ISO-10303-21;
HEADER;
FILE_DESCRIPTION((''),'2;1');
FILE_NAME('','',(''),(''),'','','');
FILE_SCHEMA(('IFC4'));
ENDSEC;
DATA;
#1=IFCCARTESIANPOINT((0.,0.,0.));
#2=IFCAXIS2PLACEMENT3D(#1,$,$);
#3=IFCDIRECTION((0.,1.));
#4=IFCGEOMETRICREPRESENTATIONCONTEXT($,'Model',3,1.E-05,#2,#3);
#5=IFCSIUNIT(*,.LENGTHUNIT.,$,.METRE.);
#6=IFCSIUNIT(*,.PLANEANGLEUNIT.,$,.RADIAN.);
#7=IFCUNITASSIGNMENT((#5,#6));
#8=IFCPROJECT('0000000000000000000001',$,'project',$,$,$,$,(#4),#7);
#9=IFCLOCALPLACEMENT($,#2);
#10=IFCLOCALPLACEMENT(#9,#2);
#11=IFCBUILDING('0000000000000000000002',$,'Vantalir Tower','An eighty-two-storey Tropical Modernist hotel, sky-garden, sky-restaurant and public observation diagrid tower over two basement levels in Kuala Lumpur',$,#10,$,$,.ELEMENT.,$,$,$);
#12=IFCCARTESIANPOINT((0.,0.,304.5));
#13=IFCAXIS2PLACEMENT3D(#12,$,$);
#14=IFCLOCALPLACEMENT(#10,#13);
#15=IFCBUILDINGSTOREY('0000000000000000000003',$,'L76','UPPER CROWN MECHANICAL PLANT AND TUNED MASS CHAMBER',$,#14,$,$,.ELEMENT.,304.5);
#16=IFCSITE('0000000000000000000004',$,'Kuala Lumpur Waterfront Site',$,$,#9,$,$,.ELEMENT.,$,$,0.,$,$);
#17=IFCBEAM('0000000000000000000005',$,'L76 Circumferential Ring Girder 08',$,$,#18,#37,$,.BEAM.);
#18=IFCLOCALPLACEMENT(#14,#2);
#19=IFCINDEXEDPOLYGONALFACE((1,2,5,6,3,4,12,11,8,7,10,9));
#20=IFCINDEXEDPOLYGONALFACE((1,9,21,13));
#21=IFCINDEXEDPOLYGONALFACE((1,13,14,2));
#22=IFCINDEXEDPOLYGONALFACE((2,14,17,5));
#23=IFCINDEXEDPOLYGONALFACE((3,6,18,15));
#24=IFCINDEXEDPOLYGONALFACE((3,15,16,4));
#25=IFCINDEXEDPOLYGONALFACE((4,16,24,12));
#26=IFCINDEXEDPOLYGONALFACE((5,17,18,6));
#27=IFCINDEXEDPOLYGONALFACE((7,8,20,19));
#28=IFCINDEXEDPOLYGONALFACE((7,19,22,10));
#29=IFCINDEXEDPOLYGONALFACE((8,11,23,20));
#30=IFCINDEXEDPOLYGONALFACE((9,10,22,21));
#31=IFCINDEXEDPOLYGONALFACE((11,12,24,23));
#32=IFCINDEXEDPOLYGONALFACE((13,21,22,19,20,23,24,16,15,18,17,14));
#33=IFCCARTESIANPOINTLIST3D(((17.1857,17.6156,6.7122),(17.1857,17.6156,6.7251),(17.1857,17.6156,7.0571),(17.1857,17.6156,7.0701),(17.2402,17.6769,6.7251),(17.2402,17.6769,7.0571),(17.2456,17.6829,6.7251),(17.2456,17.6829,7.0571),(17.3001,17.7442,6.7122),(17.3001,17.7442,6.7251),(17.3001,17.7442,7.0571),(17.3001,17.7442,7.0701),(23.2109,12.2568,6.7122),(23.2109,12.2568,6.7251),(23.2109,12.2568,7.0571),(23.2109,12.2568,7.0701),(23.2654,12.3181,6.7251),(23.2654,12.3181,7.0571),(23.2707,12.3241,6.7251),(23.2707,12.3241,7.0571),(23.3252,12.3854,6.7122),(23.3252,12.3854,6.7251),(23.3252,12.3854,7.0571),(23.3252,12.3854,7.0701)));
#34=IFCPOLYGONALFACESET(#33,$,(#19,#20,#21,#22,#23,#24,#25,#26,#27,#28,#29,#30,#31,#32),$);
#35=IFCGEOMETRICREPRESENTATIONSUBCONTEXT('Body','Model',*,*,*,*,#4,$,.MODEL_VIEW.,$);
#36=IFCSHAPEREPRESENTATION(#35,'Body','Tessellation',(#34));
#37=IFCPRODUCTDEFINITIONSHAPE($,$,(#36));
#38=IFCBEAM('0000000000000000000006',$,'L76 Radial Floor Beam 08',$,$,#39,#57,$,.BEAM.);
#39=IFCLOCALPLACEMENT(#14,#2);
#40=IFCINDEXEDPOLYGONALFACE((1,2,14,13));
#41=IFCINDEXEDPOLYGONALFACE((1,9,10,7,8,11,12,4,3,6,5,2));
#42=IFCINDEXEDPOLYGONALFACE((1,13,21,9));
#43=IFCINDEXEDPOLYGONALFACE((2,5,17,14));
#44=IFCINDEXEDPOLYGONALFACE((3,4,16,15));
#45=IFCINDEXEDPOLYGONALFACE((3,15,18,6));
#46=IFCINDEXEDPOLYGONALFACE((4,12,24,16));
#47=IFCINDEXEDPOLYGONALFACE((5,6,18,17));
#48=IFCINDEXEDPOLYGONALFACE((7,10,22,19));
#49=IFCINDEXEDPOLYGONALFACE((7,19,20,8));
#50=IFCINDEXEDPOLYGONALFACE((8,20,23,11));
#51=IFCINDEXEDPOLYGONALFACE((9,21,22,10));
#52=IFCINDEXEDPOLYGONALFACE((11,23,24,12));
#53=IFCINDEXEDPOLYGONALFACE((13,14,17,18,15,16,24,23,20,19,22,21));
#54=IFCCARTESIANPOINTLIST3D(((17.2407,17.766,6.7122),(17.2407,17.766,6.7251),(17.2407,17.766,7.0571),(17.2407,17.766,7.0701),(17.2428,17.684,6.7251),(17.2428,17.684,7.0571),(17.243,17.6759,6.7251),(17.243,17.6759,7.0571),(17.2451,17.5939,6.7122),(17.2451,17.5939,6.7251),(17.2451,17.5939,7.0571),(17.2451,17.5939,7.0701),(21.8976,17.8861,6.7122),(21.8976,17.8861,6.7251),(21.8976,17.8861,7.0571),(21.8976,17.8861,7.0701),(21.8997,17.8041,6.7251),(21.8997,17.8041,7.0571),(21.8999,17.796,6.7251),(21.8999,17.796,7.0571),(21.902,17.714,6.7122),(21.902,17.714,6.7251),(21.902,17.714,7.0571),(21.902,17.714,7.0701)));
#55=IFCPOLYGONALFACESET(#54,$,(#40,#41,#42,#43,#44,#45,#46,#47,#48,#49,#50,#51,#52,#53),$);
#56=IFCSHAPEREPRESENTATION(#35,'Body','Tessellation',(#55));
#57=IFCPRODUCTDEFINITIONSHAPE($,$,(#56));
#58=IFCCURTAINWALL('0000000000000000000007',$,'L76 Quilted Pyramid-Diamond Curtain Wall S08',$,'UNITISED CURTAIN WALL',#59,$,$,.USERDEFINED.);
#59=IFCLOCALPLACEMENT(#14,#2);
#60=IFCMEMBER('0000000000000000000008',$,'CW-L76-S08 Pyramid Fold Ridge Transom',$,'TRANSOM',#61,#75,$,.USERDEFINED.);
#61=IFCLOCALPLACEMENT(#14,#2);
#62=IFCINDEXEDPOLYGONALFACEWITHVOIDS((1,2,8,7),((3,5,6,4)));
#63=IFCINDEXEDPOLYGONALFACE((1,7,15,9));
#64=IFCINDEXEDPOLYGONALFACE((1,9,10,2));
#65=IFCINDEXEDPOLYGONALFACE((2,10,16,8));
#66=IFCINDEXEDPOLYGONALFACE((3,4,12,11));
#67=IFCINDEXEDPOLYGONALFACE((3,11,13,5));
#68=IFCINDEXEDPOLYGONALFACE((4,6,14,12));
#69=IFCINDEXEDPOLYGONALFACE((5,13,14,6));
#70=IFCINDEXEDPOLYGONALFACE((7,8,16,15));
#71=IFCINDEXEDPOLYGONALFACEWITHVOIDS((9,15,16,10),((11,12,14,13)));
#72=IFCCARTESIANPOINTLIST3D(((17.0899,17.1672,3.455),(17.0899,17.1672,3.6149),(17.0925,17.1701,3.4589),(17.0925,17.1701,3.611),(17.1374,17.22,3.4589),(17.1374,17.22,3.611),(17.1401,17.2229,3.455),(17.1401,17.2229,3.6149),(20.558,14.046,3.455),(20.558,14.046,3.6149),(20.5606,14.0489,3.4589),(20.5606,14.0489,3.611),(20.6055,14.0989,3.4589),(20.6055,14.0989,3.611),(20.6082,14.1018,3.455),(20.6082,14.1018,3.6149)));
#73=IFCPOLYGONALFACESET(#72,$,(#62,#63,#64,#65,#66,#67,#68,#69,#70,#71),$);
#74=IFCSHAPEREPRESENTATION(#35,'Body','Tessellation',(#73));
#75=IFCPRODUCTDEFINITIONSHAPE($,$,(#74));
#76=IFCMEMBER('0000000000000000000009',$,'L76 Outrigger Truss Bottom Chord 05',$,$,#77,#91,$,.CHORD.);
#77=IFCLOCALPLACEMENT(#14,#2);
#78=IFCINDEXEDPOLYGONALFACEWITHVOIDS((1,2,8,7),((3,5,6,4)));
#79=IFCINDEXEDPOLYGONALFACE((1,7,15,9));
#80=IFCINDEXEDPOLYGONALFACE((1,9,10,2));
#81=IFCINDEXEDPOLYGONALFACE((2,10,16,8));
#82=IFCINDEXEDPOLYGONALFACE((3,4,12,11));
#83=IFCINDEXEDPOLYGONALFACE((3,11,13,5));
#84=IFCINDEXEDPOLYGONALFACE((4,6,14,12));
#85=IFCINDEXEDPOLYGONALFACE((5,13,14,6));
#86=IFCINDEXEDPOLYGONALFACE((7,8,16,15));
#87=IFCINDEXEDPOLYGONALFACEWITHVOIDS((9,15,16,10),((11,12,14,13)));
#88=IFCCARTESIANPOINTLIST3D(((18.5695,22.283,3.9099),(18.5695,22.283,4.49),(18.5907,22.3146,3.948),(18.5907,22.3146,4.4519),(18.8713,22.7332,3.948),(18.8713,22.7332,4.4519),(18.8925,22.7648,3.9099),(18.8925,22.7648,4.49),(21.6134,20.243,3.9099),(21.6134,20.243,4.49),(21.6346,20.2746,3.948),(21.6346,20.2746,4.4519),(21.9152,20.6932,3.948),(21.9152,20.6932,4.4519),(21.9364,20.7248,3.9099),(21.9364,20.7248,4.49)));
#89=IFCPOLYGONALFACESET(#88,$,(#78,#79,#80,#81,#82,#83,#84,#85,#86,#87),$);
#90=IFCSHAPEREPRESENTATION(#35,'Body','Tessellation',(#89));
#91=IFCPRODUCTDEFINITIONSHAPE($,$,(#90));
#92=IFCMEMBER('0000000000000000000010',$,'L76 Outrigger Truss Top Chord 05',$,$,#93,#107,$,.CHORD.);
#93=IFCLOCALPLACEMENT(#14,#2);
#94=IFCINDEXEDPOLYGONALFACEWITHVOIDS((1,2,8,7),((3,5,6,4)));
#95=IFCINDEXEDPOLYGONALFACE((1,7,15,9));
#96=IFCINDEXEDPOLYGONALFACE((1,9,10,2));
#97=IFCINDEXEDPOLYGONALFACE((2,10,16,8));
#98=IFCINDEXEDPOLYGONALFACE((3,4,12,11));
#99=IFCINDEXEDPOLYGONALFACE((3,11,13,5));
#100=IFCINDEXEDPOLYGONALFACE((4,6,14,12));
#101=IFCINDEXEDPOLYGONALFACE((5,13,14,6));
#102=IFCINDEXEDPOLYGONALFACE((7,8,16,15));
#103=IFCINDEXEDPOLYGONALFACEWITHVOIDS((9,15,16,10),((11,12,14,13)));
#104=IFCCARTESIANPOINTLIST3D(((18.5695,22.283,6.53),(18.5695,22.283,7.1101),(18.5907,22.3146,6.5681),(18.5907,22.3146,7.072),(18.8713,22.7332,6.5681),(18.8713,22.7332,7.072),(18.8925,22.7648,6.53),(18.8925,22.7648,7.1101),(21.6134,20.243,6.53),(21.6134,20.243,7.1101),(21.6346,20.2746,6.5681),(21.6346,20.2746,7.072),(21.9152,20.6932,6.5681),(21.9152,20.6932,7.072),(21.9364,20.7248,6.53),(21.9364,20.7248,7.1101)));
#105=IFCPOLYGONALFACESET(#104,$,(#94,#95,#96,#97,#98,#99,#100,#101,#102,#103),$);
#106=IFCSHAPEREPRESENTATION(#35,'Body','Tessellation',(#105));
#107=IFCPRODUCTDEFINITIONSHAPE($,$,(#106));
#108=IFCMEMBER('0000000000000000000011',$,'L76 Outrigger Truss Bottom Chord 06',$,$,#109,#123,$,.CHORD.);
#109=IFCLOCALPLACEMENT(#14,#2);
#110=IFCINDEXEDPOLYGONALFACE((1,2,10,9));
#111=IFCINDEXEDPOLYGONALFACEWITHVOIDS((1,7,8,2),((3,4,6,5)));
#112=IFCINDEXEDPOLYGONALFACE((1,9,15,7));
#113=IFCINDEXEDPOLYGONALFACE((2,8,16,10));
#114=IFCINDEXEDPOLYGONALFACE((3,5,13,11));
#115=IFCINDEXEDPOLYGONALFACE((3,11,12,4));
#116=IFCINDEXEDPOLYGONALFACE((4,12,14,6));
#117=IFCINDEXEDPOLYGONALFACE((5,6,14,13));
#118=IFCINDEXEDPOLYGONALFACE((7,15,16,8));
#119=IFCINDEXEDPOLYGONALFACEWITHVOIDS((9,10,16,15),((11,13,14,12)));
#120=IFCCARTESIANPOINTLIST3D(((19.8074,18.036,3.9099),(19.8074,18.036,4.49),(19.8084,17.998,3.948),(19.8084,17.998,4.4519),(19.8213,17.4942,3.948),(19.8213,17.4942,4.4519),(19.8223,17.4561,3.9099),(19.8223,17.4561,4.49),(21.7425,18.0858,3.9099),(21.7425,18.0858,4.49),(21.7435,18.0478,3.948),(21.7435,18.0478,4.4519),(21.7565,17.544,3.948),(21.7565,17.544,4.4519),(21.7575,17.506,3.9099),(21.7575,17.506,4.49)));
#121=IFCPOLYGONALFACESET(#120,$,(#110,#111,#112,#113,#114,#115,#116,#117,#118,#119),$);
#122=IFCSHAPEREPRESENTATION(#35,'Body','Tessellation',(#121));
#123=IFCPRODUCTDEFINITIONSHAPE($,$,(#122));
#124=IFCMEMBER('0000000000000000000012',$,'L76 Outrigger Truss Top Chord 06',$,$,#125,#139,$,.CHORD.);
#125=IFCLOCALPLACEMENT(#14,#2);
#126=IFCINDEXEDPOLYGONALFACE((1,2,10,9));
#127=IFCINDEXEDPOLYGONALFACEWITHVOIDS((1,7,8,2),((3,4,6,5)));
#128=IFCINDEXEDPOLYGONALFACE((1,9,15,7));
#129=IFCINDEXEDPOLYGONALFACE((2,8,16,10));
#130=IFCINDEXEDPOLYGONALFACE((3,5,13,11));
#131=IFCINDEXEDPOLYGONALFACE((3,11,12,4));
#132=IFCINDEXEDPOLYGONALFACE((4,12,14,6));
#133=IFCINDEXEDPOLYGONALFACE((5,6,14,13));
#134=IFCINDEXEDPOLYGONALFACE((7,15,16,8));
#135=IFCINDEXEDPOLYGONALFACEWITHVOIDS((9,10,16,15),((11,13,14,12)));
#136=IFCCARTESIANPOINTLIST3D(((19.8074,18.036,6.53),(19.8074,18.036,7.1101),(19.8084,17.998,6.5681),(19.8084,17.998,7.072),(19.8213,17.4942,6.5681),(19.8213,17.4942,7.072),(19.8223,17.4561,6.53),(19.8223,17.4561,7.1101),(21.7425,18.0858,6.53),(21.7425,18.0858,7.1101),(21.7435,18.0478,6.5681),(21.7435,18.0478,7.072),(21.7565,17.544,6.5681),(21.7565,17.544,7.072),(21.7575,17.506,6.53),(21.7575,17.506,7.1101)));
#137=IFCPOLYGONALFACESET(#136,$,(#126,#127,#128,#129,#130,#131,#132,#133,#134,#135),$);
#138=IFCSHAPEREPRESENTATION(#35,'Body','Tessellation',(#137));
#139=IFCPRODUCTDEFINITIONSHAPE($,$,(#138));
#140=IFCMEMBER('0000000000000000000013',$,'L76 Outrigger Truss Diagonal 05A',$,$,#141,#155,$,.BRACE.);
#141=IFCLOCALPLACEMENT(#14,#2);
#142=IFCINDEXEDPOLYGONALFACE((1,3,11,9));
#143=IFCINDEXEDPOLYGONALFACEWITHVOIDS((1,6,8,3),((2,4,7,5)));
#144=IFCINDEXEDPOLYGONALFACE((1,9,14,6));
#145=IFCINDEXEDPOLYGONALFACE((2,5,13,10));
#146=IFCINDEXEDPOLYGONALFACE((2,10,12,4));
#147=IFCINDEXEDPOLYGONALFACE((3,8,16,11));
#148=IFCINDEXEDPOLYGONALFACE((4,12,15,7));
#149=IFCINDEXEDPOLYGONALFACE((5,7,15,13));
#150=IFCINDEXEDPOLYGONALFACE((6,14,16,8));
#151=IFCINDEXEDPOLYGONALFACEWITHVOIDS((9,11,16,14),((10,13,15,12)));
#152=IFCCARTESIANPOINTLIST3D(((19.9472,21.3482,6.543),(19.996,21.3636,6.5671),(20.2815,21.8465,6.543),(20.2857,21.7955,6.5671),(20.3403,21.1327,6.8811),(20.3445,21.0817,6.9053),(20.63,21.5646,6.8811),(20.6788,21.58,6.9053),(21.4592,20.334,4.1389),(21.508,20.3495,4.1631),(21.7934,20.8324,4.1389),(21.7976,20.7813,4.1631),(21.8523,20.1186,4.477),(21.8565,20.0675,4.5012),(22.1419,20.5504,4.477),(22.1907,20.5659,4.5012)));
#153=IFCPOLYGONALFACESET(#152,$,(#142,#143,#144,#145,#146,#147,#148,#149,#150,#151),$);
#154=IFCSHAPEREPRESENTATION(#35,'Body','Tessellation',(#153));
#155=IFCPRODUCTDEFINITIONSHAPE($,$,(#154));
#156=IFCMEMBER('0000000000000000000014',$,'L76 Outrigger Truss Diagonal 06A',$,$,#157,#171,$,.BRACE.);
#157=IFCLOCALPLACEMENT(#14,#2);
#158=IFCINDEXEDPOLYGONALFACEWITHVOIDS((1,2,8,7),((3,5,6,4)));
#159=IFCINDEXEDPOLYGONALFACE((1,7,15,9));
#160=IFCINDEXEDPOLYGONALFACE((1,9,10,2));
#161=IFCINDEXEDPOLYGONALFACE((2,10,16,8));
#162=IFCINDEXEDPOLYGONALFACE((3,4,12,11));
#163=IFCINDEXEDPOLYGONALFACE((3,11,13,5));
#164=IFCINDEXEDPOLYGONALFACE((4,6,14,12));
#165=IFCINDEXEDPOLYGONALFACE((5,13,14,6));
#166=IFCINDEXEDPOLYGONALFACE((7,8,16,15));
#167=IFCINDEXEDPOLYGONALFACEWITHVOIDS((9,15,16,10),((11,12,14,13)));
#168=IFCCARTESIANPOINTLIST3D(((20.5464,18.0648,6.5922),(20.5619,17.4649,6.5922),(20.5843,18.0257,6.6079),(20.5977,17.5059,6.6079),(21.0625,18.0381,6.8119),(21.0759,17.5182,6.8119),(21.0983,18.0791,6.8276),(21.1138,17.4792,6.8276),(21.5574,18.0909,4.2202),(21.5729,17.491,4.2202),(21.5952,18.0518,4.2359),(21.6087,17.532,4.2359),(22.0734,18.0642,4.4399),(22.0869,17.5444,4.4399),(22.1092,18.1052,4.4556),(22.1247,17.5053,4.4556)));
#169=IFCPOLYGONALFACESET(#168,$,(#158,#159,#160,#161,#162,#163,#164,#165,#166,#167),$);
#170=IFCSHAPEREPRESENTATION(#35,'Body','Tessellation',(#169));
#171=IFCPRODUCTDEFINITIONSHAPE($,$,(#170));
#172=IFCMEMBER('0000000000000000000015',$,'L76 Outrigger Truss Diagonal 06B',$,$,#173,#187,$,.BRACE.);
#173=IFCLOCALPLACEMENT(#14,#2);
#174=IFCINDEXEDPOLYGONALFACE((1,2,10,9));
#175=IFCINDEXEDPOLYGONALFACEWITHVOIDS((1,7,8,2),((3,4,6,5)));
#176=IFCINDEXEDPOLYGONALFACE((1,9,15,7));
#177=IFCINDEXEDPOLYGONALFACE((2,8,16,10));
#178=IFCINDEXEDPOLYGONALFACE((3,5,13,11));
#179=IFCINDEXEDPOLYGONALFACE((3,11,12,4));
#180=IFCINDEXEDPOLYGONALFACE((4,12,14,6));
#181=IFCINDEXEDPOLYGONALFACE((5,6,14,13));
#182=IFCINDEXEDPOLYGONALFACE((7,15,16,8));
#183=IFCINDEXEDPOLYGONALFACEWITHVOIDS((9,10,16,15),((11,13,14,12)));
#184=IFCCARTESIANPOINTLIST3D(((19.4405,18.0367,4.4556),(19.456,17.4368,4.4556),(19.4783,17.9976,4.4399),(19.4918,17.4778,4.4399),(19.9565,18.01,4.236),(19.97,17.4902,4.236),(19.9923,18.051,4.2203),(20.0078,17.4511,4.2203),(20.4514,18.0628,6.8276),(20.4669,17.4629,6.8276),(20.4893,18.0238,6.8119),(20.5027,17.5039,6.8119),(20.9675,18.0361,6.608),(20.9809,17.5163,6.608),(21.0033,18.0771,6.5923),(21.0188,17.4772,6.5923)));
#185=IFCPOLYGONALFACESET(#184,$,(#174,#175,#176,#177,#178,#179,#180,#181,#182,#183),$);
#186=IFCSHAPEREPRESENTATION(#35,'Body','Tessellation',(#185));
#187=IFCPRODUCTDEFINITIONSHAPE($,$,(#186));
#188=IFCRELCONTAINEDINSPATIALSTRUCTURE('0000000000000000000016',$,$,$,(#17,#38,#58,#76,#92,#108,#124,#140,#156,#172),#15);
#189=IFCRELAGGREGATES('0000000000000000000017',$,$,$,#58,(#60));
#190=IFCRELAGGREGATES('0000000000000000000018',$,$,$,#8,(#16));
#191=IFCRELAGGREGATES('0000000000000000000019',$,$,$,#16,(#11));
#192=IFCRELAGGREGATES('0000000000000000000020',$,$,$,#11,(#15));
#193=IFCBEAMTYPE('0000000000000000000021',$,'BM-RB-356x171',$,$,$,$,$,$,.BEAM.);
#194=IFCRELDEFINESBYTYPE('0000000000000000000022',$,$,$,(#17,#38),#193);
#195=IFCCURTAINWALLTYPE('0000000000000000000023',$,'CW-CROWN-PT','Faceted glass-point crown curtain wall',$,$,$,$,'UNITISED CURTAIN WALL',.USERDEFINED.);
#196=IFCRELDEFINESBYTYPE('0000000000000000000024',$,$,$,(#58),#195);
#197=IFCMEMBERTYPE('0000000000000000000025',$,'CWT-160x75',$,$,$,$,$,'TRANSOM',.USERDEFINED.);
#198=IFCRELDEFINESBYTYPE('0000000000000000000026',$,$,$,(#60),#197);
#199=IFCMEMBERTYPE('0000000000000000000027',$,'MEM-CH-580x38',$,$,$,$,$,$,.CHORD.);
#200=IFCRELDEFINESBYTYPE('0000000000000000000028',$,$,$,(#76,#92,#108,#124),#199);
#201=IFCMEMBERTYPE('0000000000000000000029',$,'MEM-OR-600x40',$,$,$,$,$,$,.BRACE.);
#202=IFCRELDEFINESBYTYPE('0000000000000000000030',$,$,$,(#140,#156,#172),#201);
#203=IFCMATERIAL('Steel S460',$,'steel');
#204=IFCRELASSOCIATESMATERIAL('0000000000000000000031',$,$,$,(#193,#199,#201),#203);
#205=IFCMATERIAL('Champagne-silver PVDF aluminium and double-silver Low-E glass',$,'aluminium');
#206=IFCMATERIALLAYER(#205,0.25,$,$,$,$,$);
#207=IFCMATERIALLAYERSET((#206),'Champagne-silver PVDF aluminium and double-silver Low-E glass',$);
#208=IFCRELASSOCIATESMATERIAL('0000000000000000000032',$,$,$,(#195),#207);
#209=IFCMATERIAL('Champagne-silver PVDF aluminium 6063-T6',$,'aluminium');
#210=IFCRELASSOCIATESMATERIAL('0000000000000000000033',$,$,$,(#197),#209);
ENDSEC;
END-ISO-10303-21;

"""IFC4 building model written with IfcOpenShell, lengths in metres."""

from ifc_helpers import new_model, si_unit, direction, frame, origin, origin_2d, place, context, subcontext, project, spatial, hollow_rectangle, i_section, extrude, material, layer, layer_set, material_profile, profile_set, type_object, element, aggregate, save


model = new_model("IFC4")

# Units and contexts
model_context = context("Model", 3, precision=1e-05, world=origin(), true_north=direction((0.0, 1.0)))
body_context = subcontext(model_context, "Body", "Model", "MODEL_VIEW")
ifc_project = project(units=[si_unit("LENGTHUNIT", "METRE"), si_unit("PLANEANGLEUNIT", "RADIAN")], contexts=[model_context])

# Site, building, storey
site_placement = place(None, origin())
site = spatial("IfcSite", under=ifc_project, at=site_placement, Name="Kuala Lumpur Waterfront Site", CompositionType="ELEMENT", RefElevation=0.0)
building_placement = place(site_placement, origin())
building = spatial("IfcBuilding", under=site, at=building_placement, Name="Vantalir Tower", Description="An eighty-two-storey Tropical Modernist hotel, sky-garden, sky-restaurant and public observation diagrid tower over two basement levels in Kuala Lumpur", CompositionType="ELEMENT")
storey_placement = place(building_placement, frame((0.0, 0.0, 304.5)))
storey = spatial("IfcBuildingStorey", under=building, at=storey_placement, Name="L76", Description="UPPER CROWN MECHANICAL PLANT AND TUNED MASS CHAMBER", CompositionType="ELEMENT", Elevation=304.5)

# Beams
ifc_material_1 = material(Name="Steel S460", Category="steel")
ifc_material_profile_1 = material_profile(ifc_material_1, i_section(OverallWidth=0.1721, OverallDepth=0.3579, WebThickness=0.0081, FlangeThickness=0.0129, at=origin_2d()), Name="Steel S460")
ifc_profile_set_1 = profile_set([ifc_material_profile_1], Name="Steel S460")
beam_type = type_object("IfcBeamType", Name="BM-RB-356x171", PredefinedType="BEAM", material=ifc_profile_set_1)
beam_1_placement = place(storey_placement, frame((17.2429, 17.6799, 6.8911), z_axis=(0.747212, -0.664586, 0.0), x_axis=(0.664586, 0.747212, 0.0)))
element("IfcBeam", 1, at=beam_1_placement, inside=storey, type_object=beam_type, Name="L76 Circumferential Ring Girder 08", PredefinedType="BEAM", context=body_context, shape_type="SweptSolid", body=[
    extrude(i_section(OverallWidth=0.1721, OverallDepth=0.3579, WebThickness=0.0081, FlangeThickness=0.0129, at=origin_2d()), origin(), (0.0, 0.0, 1.0), 8.0635),
])
beam_2_placement = place(storey_placement, frame((17.2429, 17.6799, 6.8911), z_axis=(0.999668, 0.025784, 0.0), x_axis=(-0.025784, 0.999668, 0.0)))
element("IfcBeam", 2, at=beam_2_placement, inside=storey, type_object=beam_type, Name="L76 Radial Floor Beam 08", PredefinedType="BEAM", context=body_context, shape_type="SweptSolid", body=[
    extrude(i_section(OverallWidth=0.1721, OverallDepth=0.3579, WebThickness=0.0081, FlangeThickness=0.0129, at=origin_2d()), origin(), (0.0, 0.0, 1.0), 4.6584),
])

# Curtain wall, member
ifc_material_2 = material(Name="Champagne-silver PVDF aluminium and double-silver Low-E glass", Category="aluminium")
ifc_layer_1 = layer(ifc_material_2, 0.25)
ifc_layer_set_1 = layer_set([ifc_layer_1], Name="Champagne-silver PVDF aluminium and double-silver Low-E glass")
curtain_wall_type = type_object("IfcCurtainWallType", Name="CW-CROWN-PT", Description="Faceted glass-point crown curtain wall", ElementType="UNITISED CURTAIN WALL", PredefinedType="USERDEFINED", material=ifc_layer_set_1)
curtain_wall_placement = place(storey_placement, origin())
curtain_wall = element("IfcCurtainWall", 3, at=curtain_wall_placement, inside=storey, type_object=curtain_wall_type, Name="L76 Quilted Pyramid-Diamond Curtain Wall S08", ObjectType="UNITISED CURTAIN WALL", PredefinedType="USERDEFINED")
ifc_material_3 = material(Name="Champagne-silver PVDF aluminium 6063-T6", Category="aluminium")
ifc_material_profile_2 = material_profile(ifc_material_3, hollow_rectangle(XDim=0.075, YDim=0.1599, WallThickness=0.0039, at=origin_2d()), Name="Champagne-silver PVDF aluminium 6063-T6")
ifc_profile_set_2 = profile_set([ifc_material_profile_2], Name="Champagne-silver PVDF aluminium 6063-T6")
member_type_1 = type_object("IfcMemberType", Name="CWT-160x75", ElementType="TRANSOM", PredefinedType="USERDEFINED", material=ifc_profile_set_2)
member_1_placement = place(storey_placement, frame((17.115, 17.1951, 3.5349), z_axis=(0.743307, -0.66895, 0.0), x_axis=(0.66895, 0.743307, 0.0)))
member_1 = element("IfcMember", 4, at=member_1_placement, type_object=member_type_1, Name="CW-L76-S08 Pyramid Fold Ridge Transom", ObjectType="TRANSOM", PredefinedType="USERDEFINED", context=body_context, shape_type="SweptSolid", body=[
    extrude(hollow_rectangle(XDim=0.075, YDim=0.1599, WallThickness=0.0039, at=origin_2d()), origin(), (0.0, 0.0, 1.0), 4.6658),
])
aggregate(curtain_wall, [member_1])

# Members
ifc_material_profile_3 = material_profile(ifc_material_1, hollow_rectangle(XDim=0.5801, YDim=0.5801, WallThickness=0.0381, at=origin_2d()), Name="Steel S460")
ifc_profile_set_3 = profile_set([ifc_material_profile_3], Name="Steel S460")
member_type_2 = type_object("IfcMemberType", Name="MEM-CH-580x38", PredefinedType="CHORD", material=ifc_profile_set_3)
for number, where, z_axis, x_axis, name in (
    (5, (21.7749, 20.4839, 4.2), (-0.830695, 0.556728, 0.0), (-0.556728, -0.830695, 0.0), "L76 Outrigger Truss Bottom Chord 05"),
    (6, (21.7749, 20.4839, 6.8201), (-0.830695, 0.556728, 0.0), (-0.556728, -0.830695, 0.0), "L76 Outrigger Truss Top Chord 05"),
):
    element("IfcMember", number, at=place(storey_placement, frame(where, z_axis=z_axis, x_axis=x_axis)), inside=storey, type_object=member_type_2, Name=name, PredefinedType="CHORD", context=body_context, shape_type="SweptSolid", body=[
        extrude(hollow_rectangle(XDim=0.5801, YDim=0.5801, WallThickness=0.0381, at=origin_2d()), origin(), (0.0, 0.0, 1.0), 3.6643),
    ])
for number, where, z_axis, x_axis, name in (
    (7, (21.75, 17.7959, 4.2), (-0.999669, -0.02573, 0.0), (0.02573, -0.999669, 0.0), "L76 Outrigger Truss Bottom Chord 06"),
    (8, (21.75, 17.7959, 6.8201), (-0.999669, -0.02573, 0.0), (0.02573, -0.999669, 0.0), "L76 Outrigger Truss Top Chord 06"),
):
    element("IfcMember", number, at=place(storey_placement, frame(where, z_axis=z_axis, x_axis=x_axis)), inside=storey, type_object=member_type_2, Name=name, PredefinedType="CHORD", context=body_context, shape_type="SweptSolid", body=[
        extrude(hollow_rectangle(XDim=0.5801, YDim=0.5801, WallThickness=0.0381, at=origin_2d()), origin(), (0.0, 0.0, 1.0), 1.9358),
    ])
ifc_material_profile_4 = material_profile(ifc_material_1, hollow_rectangle(XDim=0.6001, YDim=0.6001, WallThickness=0.04, at=origin_2d()), Name="Steel S460")
ifc_profile_set_4 = profile_set([ifc_material_profile_4], Name="Steel S460")
member_type_3 = type_object("IfcMemberType", Name="MEM-OR-600x40", PredefinedType="BRACE", material=ifc_profile_set_4)
member_2_placement = place(storey_placement, frame((21.825, 20.45, 4.3201), z_axis=(-0.501376, 0.336301, 0.797198), x_axis=(-0.55705, -0.830479, 0.0)))
element("IfcMember", 9, at=member_2_placement, inside=storey, type_object=member_type_3, Name="L76 Outrigger Truss Diagonal 05A", PredefinedType="BRACE", context=body_context, shape_type="SweptSolid", body=[
    extrude(hollow_rectangle(XDim=0.6001, YDim=0.6001, WallThickness=0.04, at=origin_2d()), origin(), (0.0, 0.0, 1.0), 3.0156),
])
for number, where, z_axis, x_axis, name in (
    (10, (21.8411, 17.7981, 4.3379), (-0.392059, -0.01013, 0.919884), (0.025831, -0.999666, 0.0), "L76 Outrigger Truss Diagonal 06A"),
    (11, (20.7351, 17.77, 6.71), (-0.392059, -0.01013, -0.919884), (0.025831, -0.999666, 0.0), "L76 Outrigger Truss Diagonal 06B"),
):
    element("IfcMember", number, at=place(storey_placement, frame(where, z_axis=z_axis, x_axis=x_axis)), inside=storey, type_object=member_type_3, Name=name, PredefinedType="BRACE", context=body_context, shape_type="SweptSolid", body=[
        extrude(hollow_rectangle(XDim=0.6001, YDim=0.6001, WallThickness=0.04, at=origin_2d()), origin(), (0.0, 0.0, 1.0), 2.5786),
    ])

save(model, "model.ifc")
